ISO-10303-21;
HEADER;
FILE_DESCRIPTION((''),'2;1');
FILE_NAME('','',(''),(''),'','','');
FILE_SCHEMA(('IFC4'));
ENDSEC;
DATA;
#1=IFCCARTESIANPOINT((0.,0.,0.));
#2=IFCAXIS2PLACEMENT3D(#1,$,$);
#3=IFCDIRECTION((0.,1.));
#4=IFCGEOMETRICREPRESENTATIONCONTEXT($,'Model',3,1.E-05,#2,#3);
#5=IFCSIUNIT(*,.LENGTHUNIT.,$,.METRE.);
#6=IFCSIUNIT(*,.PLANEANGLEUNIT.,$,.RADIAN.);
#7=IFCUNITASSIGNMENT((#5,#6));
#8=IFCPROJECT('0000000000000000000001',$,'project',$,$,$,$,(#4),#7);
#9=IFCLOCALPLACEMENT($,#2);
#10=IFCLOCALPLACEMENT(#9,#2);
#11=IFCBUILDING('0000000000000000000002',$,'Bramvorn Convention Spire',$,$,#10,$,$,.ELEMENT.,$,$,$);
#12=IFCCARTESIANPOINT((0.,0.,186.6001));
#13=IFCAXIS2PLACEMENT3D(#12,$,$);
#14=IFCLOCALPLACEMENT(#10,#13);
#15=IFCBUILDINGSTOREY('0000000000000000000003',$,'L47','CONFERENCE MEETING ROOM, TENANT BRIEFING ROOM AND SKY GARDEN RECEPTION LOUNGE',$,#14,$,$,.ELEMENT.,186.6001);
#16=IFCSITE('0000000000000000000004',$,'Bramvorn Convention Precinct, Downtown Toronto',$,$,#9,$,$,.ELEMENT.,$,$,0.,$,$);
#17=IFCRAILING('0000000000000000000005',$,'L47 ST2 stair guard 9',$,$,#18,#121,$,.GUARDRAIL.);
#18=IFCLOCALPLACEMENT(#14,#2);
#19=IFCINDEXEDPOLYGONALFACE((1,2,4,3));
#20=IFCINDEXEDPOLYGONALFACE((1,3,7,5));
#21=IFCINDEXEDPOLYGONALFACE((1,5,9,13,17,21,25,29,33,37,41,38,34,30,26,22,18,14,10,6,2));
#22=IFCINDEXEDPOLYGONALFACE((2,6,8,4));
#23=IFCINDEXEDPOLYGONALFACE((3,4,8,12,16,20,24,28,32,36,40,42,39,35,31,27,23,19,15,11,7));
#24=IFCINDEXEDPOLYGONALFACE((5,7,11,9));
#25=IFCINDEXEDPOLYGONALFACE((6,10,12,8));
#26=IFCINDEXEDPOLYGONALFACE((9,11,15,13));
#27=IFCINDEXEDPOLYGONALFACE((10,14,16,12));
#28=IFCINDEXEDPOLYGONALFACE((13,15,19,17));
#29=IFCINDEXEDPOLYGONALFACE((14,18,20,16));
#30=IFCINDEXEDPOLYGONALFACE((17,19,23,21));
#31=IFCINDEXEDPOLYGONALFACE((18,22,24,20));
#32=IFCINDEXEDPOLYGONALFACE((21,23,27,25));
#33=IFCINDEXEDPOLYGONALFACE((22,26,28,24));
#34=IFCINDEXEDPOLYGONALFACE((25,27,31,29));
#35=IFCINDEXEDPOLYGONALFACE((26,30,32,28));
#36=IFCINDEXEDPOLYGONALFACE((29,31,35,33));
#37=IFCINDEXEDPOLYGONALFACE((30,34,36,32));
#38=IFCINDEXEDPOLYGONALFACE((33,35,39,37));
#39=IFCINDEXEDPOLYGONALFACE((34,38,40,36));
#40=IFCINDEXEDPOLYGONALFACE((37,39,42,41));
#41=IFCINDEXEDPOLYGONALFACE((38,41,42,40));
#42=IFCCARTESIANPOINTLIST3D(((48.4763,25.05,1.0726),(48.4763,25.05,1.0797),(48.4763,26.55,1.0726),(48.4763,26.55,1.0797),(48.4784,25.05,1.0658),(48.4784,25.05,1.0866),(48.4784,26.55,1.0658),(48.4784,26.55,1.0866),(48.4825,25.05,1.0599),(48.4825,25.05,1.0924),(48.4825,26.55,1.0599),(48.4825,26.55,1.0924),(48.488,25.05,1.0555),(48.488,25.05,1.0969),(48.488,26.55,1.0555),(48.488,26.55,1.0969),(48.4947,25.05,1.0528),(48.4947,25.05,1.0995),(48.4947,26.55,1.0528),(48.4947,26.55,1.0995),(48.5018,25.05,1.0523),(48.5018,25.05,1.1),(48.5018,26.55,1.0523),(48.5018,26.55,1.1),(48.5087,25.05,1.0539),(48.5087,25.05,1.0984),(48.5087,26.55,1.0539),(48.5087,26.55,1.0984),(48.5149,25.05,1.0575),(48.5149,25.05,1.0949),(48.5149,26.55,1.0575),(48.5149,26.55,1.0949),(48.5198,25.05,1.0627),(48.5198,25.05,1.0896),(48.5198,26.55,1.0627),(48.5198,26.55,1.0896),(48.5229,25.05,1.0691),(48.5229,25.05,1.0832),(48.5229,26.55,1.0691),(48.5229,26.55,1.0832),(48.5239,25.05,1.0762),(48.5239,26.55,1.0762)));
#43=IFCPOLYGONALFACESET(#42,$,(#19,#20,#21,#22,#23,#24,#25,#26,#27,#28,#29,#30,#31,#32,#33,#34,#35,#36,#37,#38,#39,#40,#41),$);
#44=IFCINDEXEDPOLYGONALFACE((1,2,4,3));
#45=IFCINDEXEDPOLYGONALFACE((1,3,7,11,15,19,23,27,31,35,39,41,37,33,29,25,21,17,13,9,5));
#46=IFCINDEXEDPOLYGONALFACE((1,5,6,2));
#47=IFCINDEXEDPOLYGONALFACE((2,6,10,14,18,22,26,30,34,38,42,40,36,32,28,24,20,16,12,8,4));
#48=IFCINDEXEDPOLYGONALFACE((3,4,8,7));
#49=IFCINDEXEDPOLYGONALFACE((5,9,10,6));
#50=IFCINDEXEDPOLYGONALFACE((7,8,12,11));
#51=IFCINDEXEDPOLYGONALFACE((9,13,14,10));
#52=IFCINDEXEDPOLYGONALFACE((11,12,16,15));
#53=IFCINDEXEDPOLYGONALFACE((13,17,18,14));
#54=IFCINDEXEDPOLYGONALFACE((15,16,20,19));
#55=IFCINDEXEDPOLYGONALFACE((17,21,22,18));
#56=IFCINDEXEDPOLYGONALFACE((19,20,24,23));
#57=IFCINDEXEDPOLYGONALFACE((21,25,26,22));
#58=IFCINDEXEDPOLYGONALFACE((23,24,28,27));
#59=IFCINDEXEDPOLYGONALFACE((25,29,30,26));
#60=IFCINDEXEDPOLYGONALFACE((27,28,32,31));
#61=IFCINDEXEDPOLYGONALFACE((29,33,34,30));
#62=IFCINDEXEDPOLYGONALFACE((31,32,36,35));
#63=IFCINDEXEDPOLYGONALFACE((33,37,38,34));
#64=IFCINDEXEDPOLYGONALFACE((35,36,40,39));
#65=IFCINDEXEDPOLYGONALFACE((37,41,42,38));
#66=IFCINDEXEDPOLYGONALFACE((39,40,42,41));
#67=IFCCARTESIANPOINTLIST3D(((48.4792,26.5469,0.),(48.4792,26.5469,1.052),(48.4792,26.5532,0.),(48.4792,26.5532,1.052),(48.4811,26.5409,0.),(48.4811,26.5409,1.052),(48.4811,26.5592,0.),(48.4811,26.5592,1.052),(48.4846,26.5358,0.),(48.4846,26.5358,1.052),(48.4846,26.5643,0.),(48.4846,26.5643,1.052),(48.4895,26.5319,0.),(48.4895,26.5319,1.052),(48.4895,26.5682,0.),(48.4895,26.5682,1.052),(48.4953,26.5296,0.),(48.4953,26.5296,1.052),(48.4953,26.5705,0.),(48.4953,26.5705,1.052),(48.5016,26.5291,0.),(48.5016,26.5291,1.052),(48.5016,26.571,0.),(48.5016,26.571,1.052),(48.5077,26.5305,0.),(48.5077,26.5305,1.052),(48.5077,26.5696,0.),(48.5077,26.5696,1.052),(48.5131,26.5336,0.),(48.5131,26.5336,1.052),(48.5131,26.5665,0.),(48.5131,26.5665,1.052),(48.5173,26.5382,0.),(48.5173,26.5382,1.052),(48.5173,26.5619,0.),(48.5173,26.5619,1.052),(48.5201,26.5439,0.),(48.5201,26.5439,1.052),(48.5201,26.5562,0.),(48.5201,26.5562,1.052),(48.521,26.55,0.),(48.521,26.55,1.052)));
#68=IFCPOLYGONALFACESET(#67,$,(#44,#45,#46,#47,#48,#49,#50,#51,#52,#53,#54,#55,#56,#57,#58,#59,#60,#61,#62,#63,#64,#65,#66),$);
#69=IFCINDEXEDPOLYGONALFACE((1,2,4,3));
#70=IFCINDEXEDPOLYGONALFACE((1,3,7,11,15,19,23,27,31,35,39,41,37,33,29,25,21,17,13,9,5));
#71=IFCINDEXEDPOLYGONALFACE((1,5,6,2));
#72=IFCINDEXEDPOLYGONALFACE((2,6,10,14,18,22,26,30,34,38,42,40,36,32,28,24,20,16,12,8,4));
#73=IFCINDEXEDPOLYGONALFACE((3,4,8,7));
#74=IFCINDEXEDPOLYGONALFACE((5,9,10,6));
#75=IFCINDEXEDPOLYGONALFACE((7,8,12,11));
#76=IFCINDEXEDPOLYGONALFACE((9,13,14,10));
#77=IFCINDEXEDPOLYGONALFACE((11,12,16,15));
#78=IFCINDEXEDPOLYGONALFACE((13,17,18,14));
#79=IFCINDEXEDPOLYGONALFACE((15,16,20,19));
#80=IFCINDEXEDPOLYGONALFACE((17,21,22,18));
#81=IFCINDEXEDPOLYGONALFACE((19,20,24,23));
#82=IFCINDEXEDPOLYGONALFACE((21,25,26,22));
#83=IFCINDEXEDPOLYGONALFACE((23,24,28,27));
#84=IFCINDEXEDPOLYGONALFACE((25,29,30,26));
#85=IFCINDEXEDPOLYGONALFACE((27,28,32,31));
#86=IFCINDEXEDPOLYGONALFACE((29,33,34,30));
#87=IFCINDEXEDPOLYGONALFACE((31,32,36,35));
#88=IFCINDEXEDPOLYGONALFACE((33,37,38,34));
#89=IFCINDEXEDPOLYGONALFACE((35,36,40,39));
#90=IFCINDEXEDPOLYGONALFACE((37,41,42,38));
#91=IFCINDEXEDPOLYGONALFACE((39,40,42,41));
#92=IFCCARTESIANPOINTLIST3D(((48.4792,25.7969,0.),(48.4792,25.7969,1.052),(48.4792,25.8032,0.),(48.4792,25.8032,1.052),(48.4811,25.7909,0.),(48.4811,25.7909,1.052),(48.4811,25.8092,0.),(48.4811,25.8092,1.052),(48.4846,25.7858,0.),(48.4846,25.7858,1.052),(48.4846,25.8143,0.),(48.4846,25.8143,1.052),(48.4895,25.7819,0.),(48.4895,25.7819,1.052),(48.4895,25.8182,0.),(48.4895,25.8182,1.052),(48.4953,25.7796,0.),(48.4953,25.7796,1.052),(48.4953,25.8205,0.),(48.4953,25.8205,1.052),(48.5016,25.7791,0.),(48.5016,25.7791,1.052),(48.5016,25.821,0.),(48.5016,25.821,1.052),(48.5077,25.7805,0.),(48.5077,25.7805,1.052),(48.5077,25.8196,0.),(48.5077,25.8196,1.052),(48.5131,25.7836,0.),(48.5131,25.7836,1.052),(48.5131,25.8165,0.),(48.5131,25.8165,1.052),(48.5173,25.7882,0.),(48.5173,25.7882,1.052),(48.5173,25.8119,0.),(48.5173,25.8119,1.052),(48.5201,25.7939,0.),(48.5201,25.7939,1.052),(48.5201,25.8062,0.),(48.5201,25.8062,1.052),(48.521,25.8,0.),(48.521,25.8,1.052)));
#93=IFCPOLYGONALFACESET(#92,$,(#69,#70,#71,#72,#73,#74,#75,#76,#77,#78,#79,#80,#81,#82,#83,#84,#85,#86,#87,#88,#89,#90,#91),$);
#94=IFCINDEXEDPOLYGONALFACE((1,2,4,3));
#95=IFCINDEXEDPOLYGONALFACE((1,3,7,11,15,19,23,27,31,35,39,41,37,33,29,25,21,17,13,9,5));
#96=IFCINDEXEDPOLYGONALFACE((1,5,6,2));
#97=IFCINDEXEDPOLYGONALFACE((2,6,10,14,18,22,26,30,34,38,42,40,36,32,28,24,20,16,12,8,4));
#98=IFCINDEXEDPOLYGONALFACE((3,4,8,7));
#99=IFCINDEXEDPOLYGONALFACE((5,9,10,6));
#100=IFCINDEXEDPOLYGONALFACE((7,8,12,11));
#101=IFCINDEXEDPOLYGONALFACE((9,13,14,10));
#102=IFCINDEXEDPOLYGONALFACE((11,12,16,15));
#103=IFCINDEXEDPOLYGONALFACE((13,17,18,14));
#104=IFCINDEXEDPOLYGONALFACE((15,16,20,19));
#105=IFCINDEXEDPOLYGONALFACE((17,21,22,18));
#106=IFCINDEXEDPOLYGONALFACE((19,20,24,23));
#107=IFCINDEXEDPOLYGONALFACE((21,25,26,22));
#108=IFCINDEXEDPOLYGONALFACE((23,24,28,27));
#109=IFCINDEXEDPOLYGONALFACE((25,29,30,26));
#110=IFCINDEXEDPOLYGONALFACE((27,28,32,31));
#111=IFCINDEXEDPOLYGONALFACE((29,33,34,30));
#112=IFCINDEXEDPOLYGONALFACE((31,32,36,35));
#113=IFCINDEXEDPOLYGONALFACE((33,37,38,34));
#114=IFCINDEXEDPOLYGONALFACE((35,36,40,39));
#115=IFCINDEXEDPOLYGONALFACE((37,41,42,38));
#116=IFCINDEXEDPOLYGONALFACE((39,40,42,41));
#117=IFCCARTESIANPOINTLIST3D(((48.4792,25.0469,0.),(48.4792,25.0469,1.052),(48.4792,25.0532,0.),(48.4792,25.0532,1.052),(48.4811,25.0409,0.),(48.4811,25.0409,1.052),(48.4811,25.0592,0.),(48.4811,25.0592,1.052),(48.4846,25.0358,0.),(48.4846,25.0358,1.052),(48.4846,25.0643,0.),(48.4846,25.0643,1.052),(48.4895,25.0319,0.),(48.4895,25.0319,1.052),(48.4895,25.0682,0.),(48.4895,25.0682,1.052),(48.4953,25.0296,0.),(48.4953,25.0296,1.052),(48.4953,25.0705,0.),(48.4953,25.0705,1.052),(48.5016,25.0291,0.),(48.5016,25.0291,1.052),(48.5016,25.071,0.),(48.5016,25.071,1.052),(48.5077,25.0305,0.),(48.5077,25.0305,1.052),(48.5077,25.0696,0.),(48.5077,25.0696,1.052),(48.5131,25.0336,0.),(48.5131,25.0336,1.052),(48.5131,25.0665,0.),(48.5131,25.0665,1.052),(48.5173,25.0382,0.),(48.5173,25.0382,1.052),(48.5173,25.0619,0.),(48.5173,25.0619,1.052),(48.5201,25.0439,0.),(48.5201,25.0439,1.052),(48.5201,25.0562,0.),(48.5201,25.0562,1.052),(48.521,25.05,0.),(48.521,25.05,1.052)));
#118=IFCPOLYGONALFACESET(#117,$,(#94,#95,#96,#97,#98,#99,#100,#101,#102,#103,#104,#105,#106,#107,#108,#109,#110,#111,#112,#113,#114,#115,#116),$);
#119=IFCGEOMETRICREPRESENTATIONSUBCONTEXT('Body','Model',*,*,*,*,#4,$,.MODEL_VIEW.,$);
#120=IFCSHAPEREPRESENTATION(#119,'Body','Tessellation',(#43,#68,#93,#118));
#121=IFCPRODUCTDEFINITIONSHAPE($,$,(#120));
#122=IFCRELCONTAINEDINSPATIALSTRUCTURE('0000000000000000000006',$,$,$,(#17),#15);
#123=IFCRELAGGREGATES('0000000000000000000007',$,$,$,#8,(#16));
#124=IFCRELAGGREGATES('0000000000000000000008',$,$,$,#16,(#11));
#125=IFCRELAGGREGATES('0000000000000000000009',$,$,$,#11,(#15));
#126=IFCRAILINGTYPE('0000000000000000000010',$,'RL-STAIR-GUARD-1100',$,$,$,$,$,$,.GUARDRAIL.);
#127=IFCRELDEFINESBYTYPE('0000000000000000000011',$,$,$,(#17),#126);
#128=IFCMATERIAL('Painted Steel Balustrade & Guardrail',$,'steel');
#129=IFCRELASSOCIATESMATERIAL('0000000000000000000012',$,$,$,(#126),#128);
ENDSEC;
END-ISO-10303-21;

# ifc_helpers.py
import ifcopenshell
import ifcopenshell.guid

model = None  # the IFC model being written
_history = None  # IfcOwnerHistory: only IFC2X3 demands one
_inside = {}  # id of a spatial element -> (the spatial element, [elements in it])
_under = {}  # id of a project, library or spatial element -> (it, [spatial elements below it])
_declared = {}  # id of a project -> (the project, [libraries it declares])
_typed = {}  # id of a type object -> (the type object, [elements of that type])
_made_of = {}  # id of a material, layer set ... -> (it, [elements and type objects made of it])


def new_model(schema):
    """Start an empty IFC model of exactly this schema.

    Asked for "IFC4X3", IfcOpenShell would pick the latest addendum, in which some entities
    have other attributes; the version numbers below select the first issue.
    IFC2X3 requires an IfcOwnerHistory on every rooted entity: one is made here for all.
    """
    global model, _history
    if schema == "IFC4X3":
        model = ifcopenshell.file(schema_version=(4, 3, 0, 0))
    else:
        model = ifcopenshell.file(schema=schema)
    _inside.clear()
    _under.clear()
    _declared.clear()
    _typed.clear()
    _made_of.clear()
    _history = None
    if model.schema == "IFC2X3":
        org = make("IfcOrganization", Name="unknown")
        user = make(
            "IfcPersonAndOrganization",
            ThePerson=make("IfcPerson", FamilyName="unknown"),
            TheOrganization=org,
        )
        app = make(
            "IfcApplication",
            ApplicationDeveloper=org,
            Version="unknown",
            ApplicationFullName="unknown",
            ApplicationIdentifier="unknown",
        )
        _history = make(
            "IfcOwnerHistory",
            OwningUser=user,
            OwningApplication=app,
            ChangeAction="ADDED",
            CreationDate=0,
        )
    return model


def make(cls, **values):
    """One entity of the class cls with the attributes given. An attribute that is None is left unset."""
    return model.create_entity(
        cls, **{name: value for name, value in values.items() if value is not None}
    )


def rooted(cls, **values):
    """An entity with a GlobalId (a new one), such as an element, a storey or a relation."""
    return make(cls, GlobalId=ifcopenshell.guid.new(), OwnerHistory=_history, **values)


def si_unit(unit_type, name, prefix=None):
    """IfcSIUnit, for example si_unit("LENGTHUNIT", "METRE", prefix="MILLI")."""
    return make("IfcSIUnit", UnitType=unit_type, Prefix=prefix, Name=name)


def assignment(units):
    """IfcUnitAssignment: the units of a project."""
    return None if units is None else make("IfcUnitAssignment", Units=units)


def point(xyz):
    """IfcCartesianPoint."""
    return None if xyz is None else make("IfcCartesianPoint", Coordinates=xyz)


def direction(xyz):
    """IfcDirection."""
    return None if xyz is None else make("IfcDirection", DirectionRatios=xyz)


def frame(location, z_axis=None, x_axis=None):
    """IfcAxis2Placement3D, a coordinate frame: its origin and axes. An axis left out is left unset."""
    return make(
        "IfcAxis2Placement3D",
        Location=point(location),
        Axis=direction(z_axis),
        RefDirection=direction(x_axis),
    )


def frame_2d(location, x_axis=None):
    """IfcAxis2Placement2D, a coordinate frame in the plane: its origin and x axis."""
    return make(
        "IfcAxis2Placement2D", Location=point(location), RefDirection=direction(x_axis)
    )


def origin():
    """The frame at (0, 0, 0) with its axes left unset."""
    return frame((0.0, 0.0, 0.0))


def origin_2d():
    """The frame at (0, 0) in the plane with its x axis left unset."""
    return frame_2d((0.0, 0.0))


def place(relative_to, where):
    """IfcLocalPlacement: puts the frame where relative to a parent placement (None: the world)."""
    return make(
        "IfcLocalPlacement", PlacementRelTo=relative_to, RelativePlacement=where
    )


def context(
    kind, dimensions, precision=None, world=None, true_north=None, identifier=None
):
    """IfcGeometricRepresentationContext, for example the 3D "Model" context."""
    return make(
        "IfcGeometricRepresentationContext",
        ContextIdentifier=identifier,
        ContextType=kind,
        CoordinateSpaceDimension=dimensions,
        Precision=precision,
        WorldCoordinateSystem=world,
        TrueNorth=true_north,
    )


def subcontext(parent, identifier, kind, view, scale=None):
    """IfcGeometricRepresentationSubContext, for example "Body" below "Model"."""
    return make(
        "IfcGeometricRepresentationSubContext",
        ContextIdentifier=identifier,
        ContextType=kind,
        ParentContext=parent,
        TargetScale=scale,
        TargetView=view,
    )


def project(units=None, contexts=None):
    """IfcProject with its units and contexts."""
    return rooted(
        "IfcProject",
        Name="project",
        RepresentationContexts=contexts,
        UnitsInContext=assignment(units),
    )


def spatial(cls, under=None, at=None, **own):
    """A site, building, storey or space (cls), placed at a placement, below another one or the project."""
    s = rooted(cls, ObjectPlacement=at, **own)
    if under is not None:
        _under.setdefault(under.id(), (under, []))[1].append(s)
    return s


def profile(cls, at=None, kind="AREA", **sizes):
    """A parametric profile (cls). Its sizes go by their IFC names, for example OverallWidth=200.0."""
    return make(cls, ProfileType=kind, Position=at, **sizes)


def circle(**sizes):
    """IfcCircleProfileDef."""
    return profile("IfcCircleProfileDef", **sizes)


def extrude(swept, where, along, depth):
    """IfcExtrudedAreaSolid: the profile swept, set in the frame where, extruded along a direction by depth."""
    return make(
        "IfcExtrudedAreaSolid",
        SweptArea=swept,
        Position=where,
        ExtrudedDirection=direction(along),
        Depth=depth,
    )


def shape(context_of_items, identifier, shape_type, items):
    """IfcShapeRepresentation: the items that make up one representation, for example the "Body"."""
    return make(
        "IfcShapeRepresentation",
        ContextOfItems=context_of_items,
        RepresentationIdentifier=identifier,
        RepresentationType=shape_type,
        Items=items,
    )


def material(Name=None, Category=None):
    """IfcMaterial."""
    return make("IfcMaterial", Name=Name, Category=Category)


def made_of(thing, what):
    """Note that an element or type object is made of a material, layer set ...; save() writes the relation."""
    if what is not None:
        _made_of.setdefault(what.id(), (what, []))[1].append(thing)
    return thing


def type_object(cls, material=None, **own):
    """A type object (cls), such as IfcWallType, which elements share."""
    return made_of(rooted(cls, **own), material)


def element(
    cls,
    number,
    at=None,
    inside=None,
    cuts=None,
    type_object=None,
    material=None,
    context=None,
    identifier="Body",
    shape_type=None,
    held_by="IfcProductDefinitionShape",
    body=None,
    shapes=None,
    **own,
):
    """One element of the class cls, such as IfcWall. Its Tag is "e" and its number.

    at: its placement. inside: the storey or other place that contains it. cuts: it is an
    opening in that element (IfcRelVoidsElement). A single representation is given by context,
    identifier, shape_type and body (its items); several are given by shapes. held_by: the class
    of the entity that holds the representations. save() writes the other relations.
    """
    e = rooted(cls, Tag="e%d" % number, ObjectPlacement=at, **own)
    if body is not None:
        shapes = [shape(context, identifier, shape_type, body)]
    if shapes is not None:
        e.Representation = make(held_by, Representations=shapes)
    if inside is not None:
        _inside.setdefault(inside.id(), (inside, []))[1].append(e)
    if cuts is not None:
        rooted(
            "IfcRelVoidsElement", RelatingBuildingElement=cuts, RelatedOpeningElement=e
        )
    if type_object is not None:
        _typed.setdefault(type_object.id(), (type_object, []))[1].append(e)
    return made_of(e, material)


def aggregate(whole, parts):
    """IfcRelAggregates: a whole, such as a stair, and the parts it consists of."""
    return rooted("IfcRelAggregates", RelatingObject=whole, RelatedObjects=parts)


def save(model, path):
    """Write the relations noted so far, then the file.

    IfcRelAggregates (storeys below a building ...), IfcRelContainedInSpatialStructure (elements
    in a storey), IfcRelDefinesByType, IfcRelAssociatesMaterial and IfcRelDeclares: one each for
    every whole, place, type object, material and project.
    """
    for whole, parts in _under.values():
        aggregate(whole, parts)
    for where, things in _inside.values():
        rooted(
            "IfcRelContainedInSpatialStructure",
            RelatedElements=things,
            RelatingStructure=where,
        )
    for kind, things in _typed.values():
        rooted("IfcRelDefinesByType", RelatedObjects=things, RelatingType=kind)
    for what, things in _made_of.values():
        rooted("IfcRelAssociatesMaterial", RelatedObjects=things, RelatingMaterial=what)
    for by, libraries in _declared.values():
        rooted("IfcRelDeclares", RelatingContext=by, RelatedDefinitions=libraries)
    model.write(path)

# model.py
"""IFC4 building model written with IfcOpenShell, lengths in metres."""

from ifc_helpers import new_model, si_unit, direction, frame, origin, origin_2d, place, context, subcontext, project, spatial, circle, extrude, material, type_object, element, save


model = new_model("IFC4")

# Units and contexts
model_context = context("Model", 3, precision=1e-05, world=origin(), true_north=direction((0.0, 1.0)))
body_context = subcontext(model_context, "Body", "Model", "MODEL_VIEW")
ifc_project = project(units=[si_unit("LENGTHUNIT", "METRE"), si_unit("PLANEANGLEUNIT", "RADIAN")], contexts=[model_context])

# Site, building, storey
site_placement = place(None, origin())
site = spatial("IfcSite", under=ifc_project, at=site_placement, Name="Bramvorn Convention Precinct, Downtown Toronto", CompositionType="ELEMENT", RefElevation=0.0)
building_placement = place(site_placement, origin())
building = spatial("IfcBuilding", under=site, at=building_placement, Name="Bramvorn Convention Spire", CompositionType="ELEMENT")
storey_placement = place(building_placement, frame((0.0, 0.0, 186.6001)))
storey = spatial("IfcBuildingStorey", under=building, at=storey_placement, Name="L47", Description="CONFERENCE MEETING ROOM, TENANT BRIEFING ROOM AND SKY GARDEN RECEPTION LOUNGE", CompositionType="ELEMENT", Elevation=186.6001)

# Railing
ifc_material_1 = material(Name="Painted Steel Balustrade & Guardrail", Category="steel")
railing_type_1 = type_object("IfcRailingType", Name="RL-STAIR-GUARD-1100", PredefinedType="GUARDRAIL", material=ifc_material_1)
railing_1_placement = place(storey_placement, frame((48.5, 26.55, 0.0)))
element("IfcRailing", 1, at=railing_1_placement, inside=storey, type_object=railing_type_1, Name="L47 ST2 stair guard 9", PredefinedType="GUARDRAIL", context=body_context, shape_type="SweptSolid", body=[
    extrude(circle(Radius=0.0239, at=origin_2d()), frame((0.0, 0.0, 1.0762), z_axis=(0.0, -1.0, 0.0), x_axis=(1.0, 0.0, 0.0)), (0.0, 0.0, 1.0), 1.5),
    extrude(circle(Radius=0.021, at=origin_2d()), origin(), (0.0, 0.0, 1.0), 1.052),
    extrude(circle(Radius=0.021, at=origin_2d()), frame((0.0, -0.75, 0.0)), (0.0, 0.0, 1.0), 1.052),
    extrude(circle(Radius=0.021, at=origin_2d()), frame((0.0, -1.5, 0.0)), (0.0, 0.0, 1.0), 1.052),
])

save(model, "model.ifc")
